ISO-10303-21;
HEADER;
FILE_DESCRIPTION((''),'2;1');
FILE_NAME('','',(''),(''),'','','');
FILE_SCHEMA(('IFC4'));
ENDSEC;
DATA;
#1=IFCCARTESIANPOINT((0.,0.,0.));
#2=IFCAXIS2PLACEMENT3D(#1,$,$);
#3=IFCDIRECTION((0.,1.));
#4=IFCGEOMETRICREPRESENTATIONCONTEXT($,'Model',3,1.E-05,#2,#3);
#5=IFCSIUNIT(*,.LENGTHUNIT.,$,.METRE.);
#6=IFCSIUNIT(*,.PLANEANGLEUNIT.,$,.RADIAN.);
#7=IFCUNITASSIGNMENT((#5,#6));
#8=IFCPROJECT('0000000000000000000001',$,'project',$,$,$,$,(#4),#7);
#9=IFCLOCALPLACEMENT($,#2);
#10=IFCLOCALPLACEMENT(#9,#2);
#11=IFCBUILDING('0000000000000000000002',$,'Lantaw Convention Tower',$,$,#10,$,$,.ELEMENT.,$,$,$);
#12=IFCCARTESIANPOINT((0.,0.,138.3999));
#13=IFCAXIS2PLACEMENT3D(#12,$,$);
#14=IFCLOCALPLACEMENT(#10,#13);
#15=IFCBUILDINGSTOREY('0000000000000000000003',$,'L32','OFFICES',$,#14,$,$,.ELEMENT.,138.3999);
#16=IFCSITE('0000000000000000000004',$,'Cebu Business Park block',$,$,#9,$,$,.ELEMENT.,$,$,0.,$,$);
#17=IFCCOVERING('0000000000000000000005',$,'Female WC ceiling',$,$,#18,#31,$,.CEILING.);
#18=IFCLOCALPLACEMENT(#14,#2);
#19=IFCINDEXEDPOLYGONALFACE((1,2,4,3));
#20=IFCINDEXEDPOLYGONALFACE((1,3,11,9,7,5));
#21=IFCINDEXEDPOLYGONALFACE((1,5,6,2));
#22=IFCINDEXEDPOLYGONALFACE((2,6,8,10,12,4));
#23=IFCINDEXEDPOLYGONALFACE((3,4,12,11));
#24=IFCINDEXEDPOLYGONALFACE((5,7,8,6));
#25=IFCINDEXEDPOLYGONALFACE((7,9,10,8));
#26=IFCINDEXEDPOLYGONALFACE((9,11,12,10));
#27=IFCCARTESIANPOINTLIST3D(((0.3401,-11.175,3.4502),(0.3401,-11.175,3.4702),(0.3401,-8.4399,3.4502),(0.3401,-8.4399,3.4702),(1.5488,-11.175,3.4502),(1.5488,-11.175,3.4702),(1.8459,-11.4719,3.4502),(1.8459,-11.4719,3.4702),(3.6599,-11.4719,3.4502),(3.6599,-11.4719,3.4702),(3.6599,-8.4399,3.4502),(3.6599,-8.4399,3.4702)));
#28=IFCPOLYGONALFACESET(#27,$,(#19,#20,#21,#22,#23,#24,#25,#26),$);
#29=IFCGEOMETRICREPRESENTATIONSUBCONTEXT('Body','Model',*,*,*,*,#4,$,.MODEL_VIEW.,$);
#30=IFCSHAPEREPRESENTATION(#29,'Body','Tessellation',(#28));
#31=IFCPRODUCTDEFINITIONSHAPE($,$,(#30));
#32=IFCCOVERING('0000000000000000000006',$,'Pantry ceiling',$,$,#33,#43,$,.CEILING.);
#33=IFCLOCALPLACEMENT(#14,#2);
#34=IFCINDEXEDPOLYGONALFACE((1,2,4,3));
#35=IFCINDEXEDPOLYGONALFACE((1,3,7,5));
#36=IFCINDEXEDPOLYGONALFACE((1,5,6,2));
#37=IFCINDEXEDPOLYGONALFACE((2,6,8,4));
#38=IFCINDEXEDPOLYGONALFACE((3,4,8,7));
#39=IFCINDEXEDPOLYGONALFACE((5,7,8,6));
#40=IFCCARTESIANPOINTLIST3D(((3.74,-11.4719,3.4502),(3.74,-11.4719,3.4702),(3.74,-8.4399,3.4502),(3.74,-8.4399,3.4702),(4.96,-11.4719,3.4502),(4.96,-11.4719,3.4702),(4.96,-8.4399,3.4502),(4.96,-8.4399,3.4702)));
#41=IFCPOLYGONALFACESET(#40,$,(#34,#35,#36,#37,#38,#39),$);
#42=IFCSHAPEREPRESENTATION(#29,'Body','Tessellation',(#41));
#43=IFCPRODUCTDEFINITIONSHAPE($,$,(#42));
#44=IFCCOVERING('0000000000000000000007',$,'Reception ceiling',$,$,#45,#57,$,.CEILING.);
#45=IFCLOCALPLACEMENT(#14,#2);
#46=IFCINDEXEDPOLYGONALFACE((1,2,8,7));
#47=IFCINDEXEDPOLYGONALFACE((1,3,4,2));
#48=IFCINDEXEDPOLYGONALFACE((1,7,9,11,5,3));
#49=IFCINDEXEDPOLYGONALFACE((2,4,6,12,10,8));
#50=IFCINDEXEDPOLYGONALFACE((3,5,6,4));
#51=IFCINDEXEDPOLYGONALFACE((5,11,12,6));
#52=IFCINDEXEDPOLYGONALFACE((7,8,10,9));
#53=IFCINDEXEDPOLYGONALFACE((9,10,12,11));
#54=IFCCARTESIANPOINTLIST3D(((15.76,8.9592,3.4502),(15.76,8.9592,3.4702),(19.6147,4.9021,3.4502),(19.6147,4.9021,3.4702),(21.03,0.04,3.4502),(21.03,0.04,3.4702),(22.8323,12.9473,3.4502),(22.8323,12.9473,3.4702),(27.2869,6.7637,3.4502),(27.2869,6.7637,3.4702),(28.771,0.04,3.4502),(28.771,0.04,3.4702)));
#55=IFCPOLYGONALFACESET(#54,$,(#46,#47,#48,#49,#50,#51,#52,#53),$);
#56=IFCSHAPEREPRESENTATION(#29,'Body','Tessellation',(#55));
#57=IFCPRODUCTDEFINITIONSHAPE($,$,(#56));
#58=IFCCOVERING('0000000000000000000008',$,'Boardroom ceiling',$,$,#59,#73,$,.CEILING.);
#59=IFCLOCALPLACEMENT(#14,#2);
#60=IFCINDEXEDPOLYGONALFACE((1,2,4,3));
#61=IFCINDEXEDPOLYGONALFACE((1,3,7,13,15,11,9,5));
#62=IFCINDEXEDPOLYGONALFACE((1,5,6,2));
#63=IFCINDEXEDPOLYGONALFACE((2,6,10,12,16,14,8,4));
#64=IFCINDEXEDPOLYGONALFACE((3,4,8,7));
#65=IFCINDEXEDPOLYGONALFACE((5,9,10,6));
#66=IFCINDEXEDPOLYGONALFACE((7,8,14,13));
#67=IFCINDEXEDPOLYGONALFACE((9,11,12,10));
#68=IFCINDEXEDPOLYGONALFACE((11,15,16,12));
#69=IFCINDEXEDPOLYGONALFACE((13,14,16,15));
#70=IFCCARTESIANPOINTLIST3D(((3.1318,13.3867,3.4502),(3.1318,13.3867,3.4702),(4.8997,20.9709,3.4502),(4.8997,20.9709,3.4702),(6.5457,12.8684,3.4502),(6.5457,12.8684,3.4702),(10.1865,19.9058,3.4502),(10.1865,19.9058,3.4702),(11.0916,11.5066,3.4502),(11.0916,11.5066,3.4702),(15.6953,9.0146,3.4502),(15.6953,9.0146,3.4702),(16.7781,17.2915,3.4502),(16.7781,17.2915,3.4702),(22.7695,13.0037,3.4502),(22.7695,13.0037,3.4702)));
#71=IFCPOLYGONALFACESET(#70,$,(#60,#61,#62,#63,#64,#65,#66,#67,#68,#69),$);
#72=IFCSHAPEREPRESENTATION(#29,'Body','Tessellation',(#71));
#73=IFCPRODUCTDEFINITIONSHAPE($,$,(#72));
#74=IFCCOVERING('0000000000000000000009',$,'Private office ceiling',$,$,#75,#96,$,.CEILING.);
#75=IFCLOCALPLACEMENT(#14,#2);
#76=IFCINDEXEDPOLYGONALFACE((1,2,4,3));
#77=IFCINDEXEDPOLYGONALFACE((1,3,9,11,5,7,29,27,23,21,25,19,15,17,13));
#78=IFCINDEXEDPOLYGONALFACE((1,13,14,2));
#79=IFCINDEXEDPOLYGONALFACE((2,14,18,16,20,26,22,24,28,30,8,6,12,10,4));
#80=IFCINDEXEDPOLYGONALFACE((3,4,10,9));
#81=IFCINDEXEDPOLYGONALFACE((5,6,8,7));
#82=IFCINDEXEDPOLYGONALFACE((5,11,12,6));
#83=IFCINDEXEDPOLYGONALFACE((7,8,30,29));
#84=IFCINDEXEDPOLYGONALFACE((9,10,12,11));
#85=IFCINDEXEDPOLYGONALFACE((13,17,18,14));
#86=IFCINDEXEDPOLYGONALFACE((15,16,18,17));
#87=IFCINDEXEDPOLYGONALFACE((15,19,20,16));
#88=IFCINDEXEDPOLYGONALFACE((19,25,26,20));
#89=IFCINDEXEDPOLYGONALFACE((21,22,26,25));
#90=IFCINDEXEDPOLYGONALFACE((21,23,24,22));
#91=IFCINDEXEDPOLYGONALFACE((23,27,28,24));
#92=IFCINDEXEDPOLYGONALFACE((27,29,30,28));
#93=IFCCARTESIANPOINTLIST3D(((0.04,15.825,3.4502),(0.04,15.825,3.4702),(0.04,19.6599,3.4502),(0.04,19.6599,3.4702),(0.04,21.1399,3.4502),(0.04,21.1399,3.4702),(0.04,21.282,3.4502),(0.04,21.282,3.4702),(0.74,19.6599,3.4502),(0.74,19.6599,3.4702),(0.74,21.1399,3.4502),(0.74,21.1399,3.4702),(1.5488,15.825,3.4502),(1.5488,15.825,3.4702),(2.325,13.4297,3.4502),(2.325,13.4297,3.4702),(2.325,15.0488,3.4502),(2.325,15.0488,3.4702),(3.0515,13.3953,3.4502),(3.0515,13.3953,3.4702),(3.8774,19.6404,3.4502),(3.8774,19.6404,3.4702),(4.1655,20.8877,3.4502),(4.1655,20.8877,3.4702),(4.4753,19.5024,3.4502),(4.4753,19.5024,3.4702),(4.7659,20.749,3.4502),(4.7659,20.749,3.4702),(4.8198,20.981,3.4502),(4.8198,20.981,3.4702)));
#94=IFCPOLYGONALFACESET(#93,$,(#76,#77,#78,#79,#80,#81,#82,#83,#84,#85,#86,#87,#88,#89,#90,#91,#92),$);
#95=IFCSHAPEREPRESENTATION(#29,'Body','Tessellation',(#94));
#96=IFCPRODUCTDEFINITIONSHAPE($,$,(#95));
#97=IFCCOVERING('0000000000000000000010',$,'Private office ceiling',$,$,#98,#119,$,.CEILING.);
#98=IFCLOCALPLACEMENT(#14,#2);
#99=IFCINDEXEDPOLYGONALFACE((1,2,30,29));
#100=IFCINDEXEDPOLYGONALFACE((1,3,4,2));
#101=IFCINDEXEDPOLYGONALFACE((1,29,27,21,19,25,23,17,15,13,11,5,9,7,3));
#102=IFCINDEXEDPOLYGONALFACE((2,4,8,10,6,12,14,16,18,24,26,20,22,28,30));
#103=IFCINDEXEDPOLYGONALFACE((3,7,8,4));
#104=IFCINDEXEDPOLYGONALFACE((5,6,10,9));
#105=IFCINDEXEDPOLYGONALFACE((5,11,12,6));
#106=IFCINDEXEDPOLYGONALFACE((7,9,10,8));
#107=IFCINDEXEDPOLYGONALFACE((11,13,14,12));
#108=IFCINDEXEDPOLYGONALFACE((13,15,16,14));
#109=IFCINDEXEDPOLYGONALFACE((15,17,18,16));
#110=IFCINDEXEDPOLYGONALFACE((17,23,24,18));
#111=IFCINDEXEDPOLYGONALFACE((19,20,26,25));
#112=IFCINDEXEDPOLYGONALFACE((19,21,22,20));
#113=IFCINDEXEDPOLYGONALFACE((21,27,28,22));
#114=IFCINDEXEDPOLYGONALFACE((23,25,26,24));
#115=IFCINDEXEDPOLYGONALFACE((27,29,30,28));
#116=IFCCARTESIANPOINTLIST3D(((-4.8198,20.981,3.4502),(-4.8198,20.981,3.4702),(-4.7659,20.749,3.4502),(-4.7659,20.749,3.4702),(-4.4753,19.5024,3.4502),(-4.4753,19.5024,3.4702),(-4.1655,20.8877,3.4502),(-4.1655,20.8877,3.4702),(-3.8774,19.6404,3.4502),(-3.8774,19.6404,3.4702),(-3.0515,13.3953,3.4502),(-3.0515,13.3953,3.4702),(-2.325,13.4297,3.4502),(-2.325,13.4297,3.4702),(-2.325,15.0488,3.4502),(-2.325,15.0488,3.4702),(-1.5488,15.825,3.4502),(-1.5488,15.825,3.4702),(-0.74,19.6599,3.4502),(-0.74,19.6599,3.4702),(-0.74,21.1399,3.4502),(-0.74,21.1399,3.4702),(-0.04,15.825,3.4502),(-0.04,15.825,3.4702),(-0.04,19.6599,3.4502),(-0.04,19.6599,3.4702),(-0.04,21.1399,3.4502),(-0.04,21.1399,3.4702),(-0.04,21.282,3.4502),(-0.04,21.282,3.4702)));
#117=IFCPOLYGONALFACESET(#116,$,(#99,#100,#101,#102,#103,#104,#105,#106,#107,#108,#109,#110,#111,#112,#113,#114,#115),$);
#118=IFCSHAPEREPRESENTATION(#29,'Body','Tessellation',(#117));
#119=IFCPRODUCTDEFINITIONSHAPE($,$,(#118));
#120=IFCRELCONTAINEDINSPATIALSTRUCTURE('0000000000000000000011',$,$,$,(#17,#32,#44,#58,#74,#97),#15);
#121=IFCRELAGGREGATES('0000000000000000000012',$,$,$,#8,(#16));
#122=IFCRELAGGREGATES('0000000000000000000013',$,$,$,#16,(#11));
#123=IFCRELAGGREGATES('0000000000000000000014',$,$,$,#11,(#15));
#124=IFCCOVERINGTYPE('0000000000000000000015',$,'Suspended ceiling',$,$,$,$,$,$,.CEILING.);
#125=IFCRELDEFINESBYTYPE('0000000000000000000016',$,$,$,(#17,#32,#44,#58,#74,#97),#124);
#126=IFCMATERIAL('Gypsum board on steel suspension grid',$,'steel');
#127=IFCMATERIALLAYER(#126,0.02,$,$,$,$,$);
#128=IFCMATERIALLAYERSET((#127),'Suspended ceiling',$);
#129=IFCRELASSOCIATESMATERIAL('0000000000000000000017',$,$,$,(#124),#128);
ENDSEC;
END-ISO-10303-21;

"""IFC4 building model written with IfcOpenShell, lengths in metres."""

from ifc_helpers import new_model, si_unit, direction, frame, origin, place, context, subcontext, project, spatial, polyline, outline, extrude, material, layer, layer_set, type_object, element, save


model = new_model("IFC4")

# Units and contexts
model_context = context("Model", 3, precision=1e-05, world=origin(), true_north=direction((0.0, 1.0)))
body_context = subcontext(model_context, "Body", "Model", "MODEL_VIEW")
ifc_project = project(units=[si_unit("LENGTHUNIT", "METRE"), si_unit("PLANEANGLEUNIT", "RADIAN")], contexts=[model_context])

# Site, building, storey
site_placement = place(None, origin())
site = spatial("IfcSite", under=ifc_project, at=site_placement, Name="Cebu Business Park block", CompositionType="ELEMENT", RefElevation=0.0)
building_placement = place(site_placement, origin())
building = spatial("IfcBuilding", under=site, at=building_placement, Name="Lantaw Convention Tower", CompositionType="ELEMENT")
storey_placement = place(building_placement, frame((0.0, 0.0, 138.3999)))
storey = spatial("IfcBuildingStorey", under=building, at=storey_placement, Name="L32", Description="OFFICES", CompositionType="ELEMENT", Elevation=138.3999)

# Coverings
ifc_material_1 = material(Name="Gypsum board on steel suspension grid", Category="steel")
ifc_layer_1 = layer(ifc_material_1, 0.02)
ifc_layer_set_1 = layer_set([ifc_layer_1], Name="Suspended ceiling")
covering_type = type_object("IfcCoveringType", Name="Suspended ceiling", PredefinedType="CEILING", material=ifc_layer_set_1)
covering_1_placement = place(storey_placement, frame((0.0, 0.0, 3.4502)))
element("IfcCovering", 1, at=covering_1_placement, inside=storey, type_object=covering_type, Name="Female WC ceiling", PredefinedType="CEILING", context=body_context, shape_type="SweptSolid", body=[
    extrude(outline(polyline([(0.3401, -8.4399), (0.3401, -11.175), (1.5488, -11.175), (1.8459, -11.4719), (3.6599, -11.4719), (3.6599, -8.4399), (0.3401, -8.4399)])), origin(), (0.0, 0.0, 1.0), 0.02),
])
covering_2_placement = place(storey_placement, frame((0.0, 0.0, 3.4502)))
element("IfcCovering", 2, at=covering_2_placement, inside=storey, type_object=covering_type, Name="Pantry ceiling", PredefinedType="CEILING", context=body_context, shape_type="SweptSolid", body=[
    extrude(outline(polyline([(3.74, -11.4719), (4.96, -11.4719), (4.96, -8.4399), (3.74, -8.4399), (3.74, -11.4719)])), origin(), (0.0, 0.0, 1.0), 0.02),
])
covering_3_placement = place(storey_placement, frame((0.0, 0.0, 3.4502)))
element("IfcCovering", 3, at=covering_3_placement, inside=storey, type_object=covering_type, Name="Reception ceiling", PredefinedType="CEILING", context=body_context, shape_type="SweptSolid", body=[
    extrude(outline(polyline([(21.03, 0.04), (28.771, 0.04), (27.2869, 6.7637), (22.8323, 12.9473), (15.76, 8.9592), (19.6147, 4.9021), (21.03, 0.04)])), origin(), (0.0, 0.0, 1.0), 0.02),
])
covering_4_placement = place(storey_placement, frame((0.0, 0.0, 3.4502)))
element("IfcCovering", 4, at=covering_4_placement, inside=storey, type_object=covering_type, Name="Boardroom ceiling", PredefinedType="CEILING", context=body_context, shape_type="SweptSolid", body=[
    extrude(outline(polyline([(15.6953, 9.0146), (22.7695, 13.0037), (16.7781, 17.2915), (10.1865, 19.9058), (4.8997, 20.9709), (3.1318, 13.3867), (6.5457, 12.8684), (11.0916, 11.5066), (15.6953, 9.0146)])), origin(), (0.0, 0.0, 1.0), 0.02),
])
covering_5_placement = place(storey_placement, frame((0.0, 0.0, 3.4502)))
element("IfcCovering", 5, at=covering_5_placement, inside=storey, type_object=covering_type, Name="Private office ceiling", PredefinedType="CEILING", context=body_context, shape_type="SweptSolid", body=[
    extrude(outline(polyline([(2.325, 15.0488), (2.325, 13.4297), (3.0515, 13.3953), (4.4753, 19.5024), (3.8774, 19.6404), (4.1655, 20.8877), (4.7659, 20.749), (4.8198, 20.981), (0.04, 21.282), (0.04, 21.1399), (0.74, 21.1399), (0.74, 19.6599), (0.04, 19.6599), (0.04, 15.825), (1.5488, 15.825), (2.325, 15.0488)])), origin(), (0.0, 0.0, 1.0), 0.02),
])
covering_6_placement = place(storey_placement, frame((0.0, 0.0, 3.4502)))
element("IfcCovering", 6, at=covering_6_placement, inside=storey, type_object=covering_type, Name="Private office ceiling", PredefinedType="CEILING", context=body_context, shape_type="SweptSolid", body=[
    extrude(outline(polyline([(-4.4753, 19.5024), (-3.0515, 13.3953), (-2.325, 13.4297), (-2.325, 15.0488), (-1.5488, 15.825), (-0.04, 15.825), (-0.04, 19.6599), (-0.74, 19.6599), (-0.74, 21.1399), (-0.04, 21.1399), (-0.04, 21.282), (-4.8198, 20.981), (-4.7659, 20.749), (-4.1655, 20.8877), (-3.8774, 19.6404), (-4.4753, 19.5024)])), origin(), (0.0, 0.0, 1.0), 0.02),
])

save(model, "model.ifc")
